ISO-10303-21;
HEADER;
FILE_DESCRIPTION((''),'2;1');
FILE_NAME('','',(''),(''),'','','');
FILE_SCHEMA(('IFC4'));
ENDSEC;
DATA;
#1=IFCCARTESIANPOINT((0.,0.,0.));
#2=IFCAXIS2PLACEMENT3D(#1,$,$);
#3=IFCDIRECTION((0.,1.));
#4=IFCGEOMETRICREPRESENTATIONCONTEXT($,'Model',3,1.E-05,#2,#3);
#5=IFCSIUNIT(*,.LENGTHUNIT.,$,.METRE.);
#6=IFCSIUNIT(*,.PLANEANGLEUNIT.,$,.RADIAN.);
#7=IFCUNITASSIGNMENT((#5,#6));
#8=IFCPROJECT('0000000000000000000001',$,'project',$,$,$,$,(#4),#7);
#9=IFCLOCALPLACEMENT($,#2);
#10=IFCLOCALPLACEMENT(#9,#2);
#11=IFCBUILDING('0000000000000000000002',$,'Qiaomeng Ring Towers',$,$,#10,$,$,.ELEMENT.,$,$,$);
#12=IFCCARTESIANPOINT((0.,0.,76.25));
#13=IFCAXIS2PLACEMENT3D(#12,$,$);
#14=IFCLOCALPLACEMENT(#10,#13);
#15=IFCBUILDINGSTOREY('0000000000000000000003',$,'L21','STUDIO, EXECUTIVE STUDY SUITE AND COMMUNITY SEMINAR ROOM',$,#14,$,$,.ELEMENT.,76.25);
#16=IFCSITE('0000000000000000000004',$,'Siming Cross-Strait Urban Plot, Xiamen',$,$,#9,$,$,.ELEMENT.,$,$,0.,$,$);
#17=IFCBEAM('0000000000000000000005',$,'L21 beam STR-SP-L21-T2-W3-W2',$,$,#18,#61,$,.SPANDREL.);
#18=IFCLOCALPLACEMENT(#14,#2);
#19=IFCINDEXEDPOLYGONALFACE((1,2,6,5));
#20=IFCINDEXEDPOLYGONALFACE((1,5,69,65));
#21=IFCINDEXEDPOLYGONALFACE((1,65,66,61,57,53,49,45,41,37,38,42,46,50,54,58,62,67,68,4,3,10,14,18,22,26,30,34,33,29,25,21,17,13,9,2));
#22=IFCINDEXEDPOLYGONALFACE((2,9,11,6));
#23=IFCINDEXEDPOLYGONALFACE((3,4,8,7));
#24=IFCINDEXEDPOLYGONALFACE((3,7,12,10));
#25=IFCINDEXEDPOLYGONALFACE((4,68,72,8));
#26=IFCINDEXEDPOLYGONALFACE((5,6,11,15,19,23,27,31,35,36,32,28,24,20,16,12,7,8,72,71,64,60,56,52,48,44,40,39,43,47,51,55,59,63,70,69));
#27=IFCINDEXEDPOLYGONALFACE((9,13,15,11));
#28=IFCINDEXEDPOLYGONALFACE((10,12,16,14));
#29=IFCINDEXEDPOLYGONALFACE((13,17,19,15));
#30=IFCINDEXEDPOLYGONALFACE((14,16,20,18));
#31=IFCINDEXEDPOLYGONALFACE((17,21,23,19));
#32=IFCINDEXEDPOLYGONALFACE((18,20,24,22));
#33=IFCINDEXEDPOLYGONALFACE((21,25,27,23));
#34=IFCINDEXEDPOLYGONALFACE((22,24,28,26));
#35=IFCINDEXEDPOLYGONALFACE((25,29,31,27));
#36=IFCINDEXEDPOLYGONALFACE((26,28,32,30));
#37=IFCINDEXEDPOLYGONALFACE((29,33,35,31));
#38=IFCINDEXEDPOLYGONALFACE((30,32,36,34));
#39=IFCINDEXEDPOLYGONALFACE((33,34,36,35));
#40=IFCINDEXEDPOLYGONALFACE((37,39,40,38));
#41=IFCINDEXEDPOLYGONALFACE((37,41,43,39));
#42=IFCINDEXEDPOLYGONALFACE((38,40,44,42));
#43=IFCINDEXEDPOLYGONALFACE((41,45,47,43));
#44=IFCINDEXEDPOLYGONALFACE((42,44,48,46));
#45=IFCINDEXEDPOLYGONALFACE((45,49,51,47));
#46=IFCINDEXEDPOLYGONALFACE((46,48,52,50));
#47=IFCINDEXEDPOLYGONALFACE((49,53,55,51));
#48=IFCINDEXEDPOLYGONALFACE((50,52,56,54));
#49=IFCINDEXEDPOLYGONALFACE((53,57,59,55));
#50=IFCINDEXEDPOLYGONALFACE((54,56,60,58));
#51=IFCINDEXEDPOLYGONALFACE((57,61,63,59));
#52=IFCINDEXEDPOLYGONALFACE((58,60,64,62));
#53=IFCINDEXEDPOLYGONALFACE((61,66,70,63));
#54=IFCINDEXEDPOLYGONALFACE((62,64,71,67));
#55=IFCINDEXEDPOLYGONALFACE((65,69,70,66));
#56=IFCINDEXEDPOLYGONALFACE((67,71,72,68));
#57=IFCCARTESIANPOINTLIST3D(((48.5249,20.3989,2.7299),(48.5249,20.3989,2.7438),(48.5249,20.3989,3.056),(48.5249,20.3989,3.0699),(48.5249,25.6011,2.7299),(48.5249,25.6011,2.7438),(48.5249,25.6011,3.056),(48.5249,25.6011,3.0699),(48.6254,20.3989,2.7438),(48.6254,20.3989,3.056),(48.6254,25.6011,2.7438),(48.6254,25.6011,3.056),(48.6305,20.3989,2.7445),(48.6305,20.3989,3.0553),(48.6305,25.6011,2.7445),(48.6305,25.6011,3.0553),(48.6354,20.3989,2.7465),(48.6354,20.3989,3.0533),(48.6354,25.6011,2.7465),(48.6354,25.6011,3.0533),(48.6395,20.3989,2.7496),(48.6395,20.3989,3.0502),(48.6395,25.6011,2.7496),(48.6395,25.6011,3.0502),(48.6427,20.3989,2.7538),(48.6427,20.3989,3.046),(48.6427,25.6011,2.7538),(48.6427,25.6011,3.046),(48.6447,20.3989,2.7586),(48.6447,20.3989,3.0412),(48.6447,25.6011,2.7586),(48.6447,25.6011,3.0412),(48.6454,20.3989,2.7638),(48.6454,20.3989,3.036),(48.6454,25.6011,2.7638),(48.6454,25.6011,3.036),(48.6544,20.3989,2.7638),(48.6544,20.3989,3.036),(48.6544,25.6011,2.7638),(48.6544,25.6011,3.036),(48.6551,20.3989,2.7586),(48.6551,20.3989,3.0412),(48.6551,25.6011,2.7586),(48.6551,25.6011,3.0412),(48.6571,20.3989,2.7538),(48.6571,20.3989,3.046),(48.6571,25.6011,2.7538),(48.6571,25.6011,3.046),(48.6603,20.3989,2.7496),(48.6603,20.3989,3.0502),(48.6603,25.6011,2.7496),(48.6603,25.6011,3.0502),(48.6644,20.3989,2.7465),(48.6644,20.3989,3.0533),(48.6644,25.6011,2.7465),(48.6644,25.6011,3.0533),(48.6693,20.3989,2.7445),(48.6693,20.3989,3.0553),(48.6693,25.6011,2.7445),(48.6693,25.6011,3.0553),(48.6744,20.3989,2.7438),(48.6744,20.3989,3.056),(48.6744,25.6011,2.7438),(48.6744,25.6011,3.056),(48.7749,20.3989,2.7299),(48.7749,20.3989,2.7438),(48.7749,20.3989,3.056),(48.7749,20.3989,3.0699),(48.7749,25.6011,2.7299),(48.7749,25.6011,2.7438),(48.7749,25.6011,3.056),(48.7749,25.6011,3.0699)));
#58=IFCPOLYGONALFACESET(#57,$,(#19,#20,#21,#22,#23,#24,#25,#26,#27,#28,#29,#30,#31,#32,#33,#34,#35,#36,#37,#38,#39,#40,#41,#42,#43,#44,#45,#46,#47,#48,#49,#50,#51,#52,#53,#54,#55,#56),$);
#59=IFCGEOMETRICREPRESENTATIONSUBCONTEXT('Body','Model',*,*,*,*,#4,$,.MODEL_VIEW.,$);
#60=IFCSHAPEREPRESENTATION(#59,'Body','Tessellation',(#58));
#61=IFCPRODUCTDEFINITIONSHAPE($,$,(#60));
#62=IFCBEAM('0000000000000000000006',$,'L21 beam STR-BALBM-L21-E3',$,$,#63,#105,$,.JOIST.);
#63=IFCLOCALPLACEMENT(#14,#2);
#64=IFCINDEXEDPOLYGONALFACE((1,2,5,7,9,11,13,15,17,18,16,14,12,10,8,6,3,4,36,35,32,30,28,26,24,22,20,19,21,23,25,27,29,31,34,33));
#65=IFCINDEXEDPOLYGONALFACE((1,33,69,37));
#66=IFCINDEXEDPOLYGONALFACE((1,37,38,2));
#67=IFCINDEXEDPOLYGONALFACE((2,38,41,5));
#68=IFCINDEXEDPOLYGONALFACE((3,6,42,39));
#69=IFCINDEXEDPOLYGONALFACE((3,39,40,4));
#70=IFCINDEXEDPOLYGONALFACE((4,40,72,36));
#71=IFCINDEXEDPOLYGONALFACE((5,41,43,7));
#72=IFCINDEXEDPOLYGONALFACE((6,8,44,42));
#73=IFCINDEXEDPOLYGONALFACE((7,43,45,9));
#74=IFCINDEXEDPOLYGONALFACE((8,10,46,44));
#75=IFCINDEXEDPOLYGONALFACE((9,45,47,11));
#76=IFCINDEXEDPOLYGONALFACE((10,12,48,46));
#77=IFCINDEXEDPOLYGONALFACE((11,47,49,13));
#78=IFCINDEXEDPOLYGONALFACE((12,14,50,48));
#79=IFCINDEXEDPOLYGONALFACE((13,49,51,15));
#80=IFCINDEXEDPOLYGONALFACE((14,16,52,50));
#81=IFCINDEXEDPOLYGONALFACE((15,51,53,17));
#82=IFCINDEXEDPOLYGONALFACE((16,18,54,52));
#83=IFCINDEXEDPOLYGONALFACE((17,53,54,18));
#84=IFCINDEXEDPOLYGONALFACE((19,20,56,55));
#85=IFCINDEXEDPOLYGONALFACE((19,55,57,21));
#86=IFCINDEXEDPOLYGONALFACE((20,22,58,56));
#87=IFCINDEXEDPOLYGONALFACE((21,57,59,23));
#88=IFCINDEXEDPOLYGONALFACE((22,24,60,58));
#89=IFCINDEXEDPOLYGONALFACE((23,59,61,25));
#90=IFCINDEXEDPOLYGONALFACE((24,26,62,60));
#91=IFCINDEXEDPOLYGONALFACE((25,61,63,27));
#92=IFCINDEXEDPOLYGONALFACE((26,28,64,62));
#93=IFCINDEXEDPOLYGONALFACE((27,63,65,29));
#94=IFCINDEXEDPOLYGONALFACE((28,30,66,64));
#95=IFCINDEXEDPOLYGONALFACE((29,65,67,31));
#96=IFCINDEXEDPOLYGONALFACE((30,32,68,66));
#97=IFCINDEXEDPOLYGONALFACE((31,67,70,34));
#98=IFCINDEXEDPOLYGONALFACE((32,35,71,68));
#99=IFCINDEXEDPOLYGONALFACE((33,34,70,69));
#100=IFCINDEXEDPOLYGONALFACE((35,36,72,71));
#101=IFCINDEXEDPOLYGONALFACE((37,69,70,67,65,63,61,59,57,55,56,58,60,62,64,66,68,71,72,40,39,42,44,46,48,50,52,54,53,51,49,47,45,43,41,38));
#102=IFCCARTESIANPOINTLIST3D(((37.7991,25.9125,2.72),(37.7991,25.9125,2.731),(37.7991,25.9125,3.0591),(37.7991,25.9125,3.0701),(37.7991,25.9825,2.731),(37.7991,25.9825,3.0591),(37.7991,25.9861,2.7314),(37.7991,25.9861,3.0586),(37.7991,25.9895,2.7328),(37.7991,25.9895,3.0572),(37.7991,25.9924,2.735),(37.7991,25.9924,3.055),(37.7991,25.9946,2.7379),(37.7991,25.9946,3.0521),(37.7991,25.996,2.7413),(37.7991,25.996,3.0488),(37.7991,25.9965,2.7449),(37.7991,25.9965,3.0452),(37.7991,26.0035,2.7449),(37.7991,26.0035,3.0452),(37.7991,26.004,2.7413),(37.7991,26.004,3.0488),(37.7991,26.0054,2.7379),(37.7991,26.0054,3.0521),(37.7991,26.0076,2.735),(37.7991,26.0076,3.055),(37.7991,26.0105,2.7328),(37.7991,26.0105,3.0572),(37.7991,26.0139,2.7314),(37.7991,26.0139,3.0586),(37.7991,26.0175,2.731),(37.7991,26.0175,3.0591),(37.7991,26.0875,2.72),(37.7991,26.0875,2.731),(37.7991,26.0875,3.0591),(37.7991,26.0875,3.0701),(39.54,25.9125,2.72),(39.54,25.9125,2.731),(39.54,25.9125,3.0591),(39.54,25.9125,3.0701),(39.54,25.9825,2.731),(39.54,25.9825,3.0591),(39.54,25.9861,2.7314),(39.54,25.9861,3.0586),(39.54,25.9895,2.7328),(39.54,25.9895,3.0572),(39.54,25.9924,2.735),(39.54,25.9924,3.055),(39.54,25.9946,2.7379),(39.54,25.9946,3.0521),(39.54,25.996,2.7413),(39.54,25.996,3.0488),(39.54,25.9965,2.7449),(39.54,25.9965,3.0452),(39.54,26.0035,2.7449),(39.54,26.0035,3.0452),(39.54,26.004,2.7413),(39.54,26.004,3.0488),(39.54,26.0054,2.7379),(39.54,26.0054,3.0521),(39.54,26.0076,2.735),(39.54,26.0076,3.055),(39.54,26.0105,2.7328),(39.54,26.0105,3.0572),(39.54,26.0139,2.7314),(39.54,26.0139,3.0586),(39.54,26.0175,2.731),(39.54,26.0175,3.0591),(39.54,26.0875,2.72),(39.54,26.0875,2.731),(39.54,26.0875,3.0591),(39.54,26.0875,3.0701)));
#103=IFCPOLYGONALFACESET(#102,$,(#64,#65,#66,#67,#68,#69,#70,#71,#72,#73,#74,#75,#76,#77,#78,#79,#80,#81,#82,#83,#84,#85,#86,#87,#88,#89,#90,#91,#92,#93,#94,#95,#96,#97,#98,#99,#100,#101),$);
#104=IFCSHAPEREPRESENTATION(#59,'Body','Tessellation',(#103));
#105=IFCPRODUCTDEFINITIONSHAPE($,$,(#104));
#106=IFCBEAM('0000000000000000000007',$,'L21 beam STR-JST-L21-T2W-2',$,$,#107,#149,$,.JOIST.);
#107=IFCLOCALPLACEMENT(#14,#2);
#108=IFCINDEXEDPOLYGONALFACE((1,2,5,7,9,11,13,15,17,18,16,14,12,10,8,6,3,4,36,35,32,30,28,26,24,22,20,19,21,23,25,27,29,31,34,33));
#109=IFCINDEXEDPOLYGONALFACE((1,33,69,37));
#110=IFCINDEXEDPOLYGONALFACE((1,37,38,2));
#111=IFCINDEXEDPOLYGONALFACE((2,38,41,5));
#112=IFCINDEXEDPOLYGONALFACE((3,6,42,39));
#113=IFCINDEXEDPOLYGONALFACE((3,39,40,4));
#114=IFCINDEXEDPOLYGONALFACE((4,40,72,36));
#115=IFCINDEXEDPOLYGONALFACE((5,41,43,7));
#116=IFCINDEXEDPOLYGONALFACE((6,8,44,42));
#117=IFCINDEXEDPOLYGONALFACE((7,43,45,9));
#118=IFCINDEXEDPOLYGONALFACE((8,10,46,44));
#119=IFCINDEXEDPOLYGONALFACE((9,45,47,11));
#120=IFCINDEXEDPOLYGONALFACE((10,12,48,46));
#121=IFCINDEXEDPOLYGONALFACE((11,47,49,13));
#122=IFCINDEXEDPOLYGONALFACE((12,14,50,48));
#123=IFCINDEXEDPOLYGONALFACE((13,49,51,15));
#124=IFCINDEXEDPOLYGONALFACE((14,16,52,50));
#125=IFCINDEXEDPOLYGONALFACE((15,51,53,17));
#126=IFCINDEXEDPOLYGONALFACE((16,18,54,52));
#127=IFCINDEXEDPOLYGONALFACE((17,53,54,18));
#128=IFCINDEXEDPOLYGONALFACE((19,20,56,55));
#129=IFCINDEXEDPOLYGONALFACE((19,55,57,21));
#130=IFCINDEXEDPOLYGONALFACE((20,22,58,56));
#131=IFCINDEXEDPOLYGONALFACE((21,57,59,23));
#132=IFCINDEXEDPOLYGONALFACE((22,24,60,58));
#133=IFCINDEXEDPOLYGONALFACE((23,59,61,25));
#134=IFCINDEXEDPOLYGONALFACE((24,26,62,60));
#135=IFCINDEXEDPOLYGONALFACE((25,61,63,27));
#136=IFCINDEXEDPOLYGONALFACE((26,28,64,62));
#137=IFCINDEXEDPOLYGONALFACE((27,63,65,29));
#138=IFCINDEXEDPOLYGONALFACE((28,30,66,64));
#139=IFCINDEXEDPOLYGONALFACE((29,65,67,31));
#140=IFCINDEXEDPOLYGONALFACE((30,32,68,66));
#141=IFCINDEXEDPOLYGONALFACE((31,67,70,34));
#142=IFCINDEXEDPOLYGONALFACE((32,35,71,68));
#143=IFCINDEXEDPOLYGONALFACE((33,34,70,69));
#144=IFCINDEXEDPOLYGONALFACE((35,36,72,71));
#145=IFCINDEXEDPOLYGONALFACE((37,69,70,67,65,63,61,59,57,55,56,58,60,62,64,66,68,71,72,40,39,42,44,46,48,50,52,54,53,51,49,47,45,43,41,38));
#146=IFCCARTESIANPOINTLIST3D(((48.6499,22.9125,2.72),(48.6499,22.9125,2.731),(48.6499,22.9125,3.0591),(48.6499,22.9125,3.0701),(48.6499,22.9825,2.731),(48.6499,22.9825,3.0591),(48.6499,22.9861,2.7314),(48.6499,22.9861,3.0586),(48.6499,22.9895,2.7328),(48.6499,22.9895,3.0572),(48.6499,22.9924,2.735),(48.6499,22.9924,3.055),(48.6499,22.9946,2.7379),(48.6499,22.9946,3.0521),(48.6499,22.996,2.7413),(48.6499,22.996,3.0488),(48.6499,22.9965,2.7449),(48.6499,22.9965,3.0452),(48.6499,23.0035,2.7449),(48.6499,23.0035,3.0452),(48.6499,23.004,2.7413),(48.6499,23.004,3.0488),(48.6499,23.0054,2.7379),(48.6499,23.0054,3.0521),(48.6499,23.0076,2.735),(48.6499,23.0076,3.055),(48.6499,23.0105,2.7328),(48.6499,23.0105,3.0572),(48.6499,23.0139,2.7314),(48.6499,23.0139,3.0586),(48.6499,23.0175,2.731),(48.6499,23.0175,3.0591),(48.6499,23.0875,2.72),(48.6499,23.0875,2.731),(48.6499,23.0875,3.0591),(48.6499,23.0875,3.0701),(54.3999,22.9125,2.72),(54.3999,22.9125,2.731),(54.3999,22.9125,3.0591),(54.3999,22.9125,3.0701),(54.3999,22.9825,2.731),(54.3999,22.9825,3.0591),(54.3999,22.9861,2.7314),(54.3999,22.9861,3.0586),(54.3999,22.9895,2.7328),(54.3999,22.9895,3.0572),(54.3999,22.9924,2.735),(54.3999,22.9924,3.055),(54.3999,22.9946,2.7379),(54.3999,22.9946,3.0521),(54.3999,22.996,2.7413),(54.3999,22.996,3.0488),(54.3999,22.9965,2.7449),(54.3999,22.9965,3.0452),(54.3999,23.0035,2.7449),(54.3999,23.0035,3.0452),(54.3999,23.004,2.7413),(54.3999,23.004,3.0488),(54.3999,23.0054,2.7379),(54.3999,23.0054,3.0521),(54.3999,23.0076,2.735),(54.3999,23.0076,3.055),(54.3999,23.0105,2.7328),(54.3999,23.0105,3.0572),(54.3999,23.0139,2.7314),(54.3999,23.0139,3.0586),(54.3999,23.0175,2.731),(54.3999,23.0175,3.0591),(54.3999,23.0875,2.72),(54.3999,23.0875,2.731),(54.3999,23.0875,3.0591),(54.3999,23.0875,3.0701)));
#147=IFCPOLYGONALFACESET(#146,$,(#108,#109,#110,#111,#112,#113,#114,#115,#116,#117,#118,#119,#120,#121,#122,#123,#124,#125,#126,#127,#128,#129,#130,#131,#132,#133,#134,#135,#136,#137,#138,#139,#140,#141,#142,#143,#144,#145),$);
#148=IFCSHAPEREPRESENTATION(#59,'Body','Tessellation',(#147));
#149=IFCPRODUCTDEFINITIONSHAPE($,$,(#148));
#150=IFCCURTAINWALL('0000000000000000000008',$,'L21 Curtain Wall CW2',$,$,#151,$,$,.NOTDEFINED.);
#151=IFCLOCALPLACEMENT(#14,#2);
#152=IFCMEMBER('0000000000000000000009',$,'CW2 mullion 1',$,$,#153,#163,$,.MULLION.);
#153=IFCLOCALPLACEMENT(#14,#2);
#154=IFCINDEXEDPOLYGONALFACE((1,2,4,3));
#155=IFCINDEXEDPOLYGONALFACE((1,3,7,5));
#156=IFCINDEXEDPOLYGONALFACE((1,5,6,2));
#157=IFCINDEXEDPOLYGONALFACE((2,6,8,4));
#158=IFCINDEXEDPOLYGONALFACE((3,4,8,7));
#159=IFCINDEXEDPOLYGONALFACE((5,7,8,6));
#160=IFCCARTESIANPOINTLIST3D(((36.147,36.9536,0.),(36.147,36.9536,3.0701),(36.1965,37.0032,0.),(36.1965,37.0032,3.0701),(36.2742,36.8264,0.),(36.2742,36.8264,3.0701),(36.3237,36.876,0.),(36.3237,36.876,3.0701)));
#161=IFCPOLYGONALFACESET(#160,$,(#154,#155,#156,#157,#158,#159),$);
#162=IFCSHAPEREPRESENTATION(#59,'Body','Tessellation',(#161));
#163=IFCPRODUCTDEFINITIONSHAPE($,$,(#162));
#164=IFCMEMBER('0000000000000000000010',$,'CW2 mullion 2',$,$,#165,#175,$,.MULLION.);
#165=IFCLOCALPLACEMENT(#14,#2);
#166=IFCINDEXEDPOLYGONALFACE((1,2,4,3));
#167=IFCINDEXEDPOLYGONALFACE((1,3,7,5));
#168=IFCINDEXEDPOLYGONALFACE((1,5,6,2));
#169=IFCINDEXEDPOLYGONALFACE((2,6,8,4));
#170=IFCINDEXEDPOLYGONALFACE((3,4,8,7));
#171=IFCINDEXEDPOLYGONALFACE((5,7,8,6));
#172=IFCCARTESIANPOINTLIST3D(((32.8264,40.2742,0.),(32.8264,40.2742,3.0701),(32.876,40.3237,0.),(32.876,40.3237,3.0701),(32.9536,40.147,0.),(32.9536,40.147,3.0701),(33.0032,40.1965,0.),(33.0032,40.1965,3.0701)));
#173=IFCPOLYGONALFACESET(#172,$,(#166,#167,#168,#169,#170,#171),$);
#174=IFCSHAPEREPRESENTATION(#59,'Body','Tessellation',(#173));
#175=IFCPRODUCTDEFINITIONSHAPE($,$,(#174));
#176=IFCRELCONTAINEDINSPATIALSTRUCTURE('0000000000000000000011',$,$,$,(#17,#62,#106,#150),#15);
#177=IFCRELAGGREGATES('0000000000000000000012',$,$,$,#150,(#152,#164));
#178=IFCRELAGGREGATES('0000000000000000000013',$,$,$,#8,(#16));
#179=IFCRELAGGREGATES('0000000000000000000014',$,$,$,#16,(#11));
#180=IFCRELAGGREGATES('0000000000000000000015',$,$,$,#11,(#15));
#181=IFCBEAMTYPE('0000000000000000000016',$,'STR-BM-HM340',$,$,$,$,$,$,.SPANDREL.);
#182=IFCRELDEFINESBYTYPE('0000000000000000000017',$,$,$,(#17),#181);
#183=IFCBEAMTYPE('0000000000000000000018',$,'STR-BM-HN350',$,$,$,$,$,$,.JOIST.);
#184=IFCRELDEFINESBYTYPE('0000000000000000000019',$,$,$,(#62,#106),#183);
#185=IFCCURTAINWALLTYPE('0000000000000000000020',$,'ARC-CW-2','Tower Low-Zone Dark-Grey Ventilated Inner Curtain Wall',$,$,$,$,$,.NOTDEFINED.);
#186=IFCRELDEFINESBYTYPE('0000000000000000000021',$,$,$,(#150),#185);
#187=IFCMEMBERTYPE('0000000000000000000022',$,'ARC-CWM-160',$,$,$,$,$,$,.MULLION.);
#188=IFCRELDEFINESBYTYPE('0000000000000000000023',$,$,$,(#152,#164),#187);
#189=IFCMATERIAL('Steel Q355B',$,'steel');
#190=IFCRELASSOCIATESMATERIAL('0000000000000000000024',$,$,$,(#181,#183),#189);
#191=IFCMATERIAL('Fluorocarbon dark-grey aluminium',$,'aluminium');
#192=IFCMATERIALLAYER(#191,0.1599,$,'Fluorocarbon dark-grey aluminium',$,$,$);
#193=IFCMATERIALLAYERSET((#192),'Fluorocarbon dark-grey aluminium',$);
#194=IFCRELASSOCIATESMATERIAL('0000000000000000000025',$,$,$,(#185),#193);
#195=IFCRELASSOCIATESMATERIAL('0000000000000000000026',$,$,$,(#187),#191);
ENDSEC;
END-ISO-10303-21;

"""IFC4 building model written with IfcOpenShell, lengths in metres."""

from ifc_helpers import new_model, si_unit, direction, frame, origin, origin_2d, place, context, subcontext, project, spatial, rectangle, i_section, extrude, source, transform, mapped, material, layer, layer_set, material_profile, profile_set, type_object, element, aggregate, save


model = new_model("IFC4")

# Units and contexts
model_context = context("Model", 3, precision=1e-05, world=origin(), true_north=direction((0.0, 1.0)))
body_context = subcontext(model_context, "Body", "Model", "MODEL_VIEW")
ifc_project = project(units=[si_unit("LENGTHUNIT", "METRE"), si_unit("PLANEANGLEUNIT", "RADIAN")], contexts=[model_context])

# Site, building, storey
site_placement = place(None, origin())
site = spatial("IfcSite", under=ifc_project, at=site_placement, Name="Siming Cross-Strait Urban Plot, Xiamen", CompositionType="ELEMENT", RefElevation=0.0)
building_placement = place(site_placement, origin())
building = spatial("IfcBuilding", under=site, at=building_placement, Name="Qiaomeng Ring Towers", CompositionType="ELEMENT")
storey_placement = place(building_placement, frame((0.0, 0.0, 76.25)))
storey = spatial("IfcBuildingStorey", under=building, at=storey_placement, Name="L21", Description="STUDIO, EXECUTIVE STUDY SUITE AND COMMUNITY SEMINAR ROOM", CompositionType="ELEMENT", Elevation=76.25)

# Beams
ifc_material_1 = material(Name="Steel Q355B", Category="steel")
ifc_material_profile_1 = material_profile(ifc_material_1, i_section(OverallWidth=0.25, OverallDepth=0.3401, WebThickness=0.009, FlangeThickness=0.0139, FilletRadius=0.02, at=origin_2d()), Name="HM 340x250x9x14")
ifc_profile_set_1 = profile_set([ifc_material_profile_1], Name="Steel Q355B")
beam_type_1 = type_object("IfcBeamType", Name="STR-BM-HM340", PredefinedType="SPANDREL", material=ifc_profile_set_1)
shared_shape_1 = source(origin(), body_context, "Body", "SweptSolid", [
    extrude(i_section(OverallWidth=0.25, OverallDepth=0.3401, WebThickness=0.009, FlangeThickness=0.0139, FilletRadius=0.02, at=origin_2d()), origin(), (0.0, 0.0, 1.0), 5.2021),
])
beam_1_placement = place(storey_placement, frame((48.6499, 25.6011, 2.8999), z_axis=(0.0, -1.0, 0.0), x_axis=(1.0, 0.0, 0.0)))
element("IfcBeam", 1, at=beam_1_placement, inside=storey, type_object=beam_type_1, Name="L21 beam STR-SP-L21-T2-W3-W2", PredefinedType="SPANDREL", context=body_context, shape_type="MappedRepresentation", body=[
    mapped(shared_shape_1, transform((0.0, 0.0, 0.0), x_axis=(1.0, 0.0, 0.0), y_axis=(0.0, 1.0, 0.0), z_axis=(0.0, 0.0, 1.0), scale=1.0)),
])
ifc_material_profile_2 = material_profile(ifc_material_1, i_section(OverallWidth=0.175, OverallDepth=0.3501, WebThickness=0.0071, FlangeThickness=0.011, FilletRadius=0.0139, at=origin_2d()), Name="HN 350x175x7x11")
ifc_profile_set_2 = profile_set([ifc_material_profile_2], Name="Steel Q355B")
beam_type_2 = type_object("IfcBeamType", Name="STR-BM-HN350", PredefinedType="JOIST", material=ifc_profile_set_2)
shared_shape_2 = source(origin(), body_context, "Body", "SweptSolid", [
    extrude(i_section(OverallWidth=0.175, OverallDepth=0.3501, WebThickness=0.0071, FlangeThickness=0.011, FilletRadius=0.0139, at=origin_2d()), origin(), (0.0, 0.0, 1.0), 1.741),
])
beam_2_placement = place(storey_placement, frame((37.7991, 26.0, 2.895), z_axis=(1.0, 0.0, 0.0), x_axis=(0.0, 1.0, 0.0)))
element("IfcBeam", 2, at=beam_2_placement, inside=storey, type_object=beam_type_2, Name="L21 beam STR-BALBM-L21-E3", PredefinedType="JOIST", context=body_context, shape_type="MappedRepresentation", body=[
    mapped(shared_shape_2, transform((0.0, 0.0, 0.0), x_axis=(1.0, 0.0, 0.0), y_axis=(0.0, 1.0, 0.0), z_axis=(0.0, 0.0, 1.0), scale=1.0)),
])
shared_shape_3 = source(origin(), body_context, "Body", "SweptSolid", [
    extrude(i_section(OverallWidth=0.175, OverallDepth=0.3501, WebThickness=0.0071, FlangeThickness=0.011, FilletRadius=0.0139, at=origin_2d()), origin(), (0.0, 0.0, 1.0), 5.75),
])
beam_3_placement = place(storey_placement, frame((48.6499, 23.0, 2.895), z_axis=(1.0, 0.0, 0.0), x_axis=(0.0, 1.0, 0.0)))
element("IfcBeam", 3, at=beam_3_placement, inside=storey, type_object=beam_type_2, Name="L21 beam STR-JST-L21-T2W-2", PredefinedType="JOIST", context=body_context, shape_type="MappedRepresentation", body=[
    mapped(shared_shape_3, transform((0.0, 0.0, 0.0), x_axis=(1.0, 0.0, 0.0), y_axis=(0.0, 1.0, 0.0), z_axis=(0.0, 0.0, 1.0), scale=1.0)),
])

# Curtain wall, members
ifc_material_2 = material(Name="Fluorocarbon dark-grey aluminium", Category="aluminium")
ifc_layer_1 = layer(ifc_material_2, 0.1599, Name="Fluorocarbon dark-grey aluminium")
ifc_layer_set_1 = layer_set([ifc_layer_1], Name="Fluorocarbon dark-grey aluminium")
curtain_wall_type = type_object("IfcCurtainWallType", Name="ARC-CW-2", Description="Tower Low-Zone Dark-Grey Ventilated Inner Curtain Wall", PredefinedType="NOTDEFINED", material=ifc_layer_set_1)
curtain_wall_placement = place(storey_placement, origin())
curtain_wall = element("IfcCurtainWall", 4, at=curtain_wall_placement, inside=storey, type_object=curtain_wall_type, Name="L21 Curtain Wall CW2", PredefinedType="NOTDEFINED")
ifc_material_profile_3 = material_profile(ifc_material_2, rectangle(XDim=0.0701, YDim=0.1799, at=origin_2d()), Name="ALU MULL 70x180")
ifc_profile_set_3 = profile_set([ifc_material_profile_3], Name="Fluorocarbon dark-grey aluminium")
member_type_1 = type_object("IfcMemberType", Name="ARC-CWM-160", PredefinedType="MULLION", material=ifc_profile_set_3)
shared_shape_4 = source(origin(), body_context, "Body", "SweptSolid", [
    extrude(rectangle(XDim=0.0701, YDim=0.1799, at=origin_2d()), origin(), (0.0, 0.0, 1.0), 3.0701),
])
member_1_placement = place(storey_placement, frame((36.2354, 36.9148, 0.0), z_axis=(0.0, 0.0, 1.0), x_axis=(-0.707107, -0.707107, 0.0)))
member_1 = element("IfcMember", 5, at=member_1_placement, type_object=member_type_1, Name="CW2 mullion 1", PredefinedType="MULLION", context=body_context, shape_type="MappedRepresentation", body=[
    mapped(shared_shape_4, transform((0.0, 0.0, 0.0), x_axis=(1.0, 0.0, 0.0), y_axis=(0.0, 1.0, 0.0), z_axis=(0.0, 0.0, 1.0), scale=1.0)),
])
member_2_placement = place(storey_placement, frame((32.9148, 40.2354, 0.0), z_axis=(0.0, 0.0, 1.0), x_axis=(-0.707107, -0.707107, 0.0)))
member_2 = element("IfcMember", 6, at=member_2_placement, type_object=member_type_1, Name="CW2 mullion 2", PredefinedType="MULLION", context=body_context, shape_type="MappedRepresentation", body=[
    mapped(shared_shape_4, transform((0.0, 0.0, 0.0), x_axis=(1.0, 0.0, 0.0), y_axis=(0.0, 1.0, 0.0), z_axis=(0.0, 0.0, 1.0), scale=1.0)),
])
aggregate(curtain_wall, [member_1, member_2])

save(model, "model.ifc")
